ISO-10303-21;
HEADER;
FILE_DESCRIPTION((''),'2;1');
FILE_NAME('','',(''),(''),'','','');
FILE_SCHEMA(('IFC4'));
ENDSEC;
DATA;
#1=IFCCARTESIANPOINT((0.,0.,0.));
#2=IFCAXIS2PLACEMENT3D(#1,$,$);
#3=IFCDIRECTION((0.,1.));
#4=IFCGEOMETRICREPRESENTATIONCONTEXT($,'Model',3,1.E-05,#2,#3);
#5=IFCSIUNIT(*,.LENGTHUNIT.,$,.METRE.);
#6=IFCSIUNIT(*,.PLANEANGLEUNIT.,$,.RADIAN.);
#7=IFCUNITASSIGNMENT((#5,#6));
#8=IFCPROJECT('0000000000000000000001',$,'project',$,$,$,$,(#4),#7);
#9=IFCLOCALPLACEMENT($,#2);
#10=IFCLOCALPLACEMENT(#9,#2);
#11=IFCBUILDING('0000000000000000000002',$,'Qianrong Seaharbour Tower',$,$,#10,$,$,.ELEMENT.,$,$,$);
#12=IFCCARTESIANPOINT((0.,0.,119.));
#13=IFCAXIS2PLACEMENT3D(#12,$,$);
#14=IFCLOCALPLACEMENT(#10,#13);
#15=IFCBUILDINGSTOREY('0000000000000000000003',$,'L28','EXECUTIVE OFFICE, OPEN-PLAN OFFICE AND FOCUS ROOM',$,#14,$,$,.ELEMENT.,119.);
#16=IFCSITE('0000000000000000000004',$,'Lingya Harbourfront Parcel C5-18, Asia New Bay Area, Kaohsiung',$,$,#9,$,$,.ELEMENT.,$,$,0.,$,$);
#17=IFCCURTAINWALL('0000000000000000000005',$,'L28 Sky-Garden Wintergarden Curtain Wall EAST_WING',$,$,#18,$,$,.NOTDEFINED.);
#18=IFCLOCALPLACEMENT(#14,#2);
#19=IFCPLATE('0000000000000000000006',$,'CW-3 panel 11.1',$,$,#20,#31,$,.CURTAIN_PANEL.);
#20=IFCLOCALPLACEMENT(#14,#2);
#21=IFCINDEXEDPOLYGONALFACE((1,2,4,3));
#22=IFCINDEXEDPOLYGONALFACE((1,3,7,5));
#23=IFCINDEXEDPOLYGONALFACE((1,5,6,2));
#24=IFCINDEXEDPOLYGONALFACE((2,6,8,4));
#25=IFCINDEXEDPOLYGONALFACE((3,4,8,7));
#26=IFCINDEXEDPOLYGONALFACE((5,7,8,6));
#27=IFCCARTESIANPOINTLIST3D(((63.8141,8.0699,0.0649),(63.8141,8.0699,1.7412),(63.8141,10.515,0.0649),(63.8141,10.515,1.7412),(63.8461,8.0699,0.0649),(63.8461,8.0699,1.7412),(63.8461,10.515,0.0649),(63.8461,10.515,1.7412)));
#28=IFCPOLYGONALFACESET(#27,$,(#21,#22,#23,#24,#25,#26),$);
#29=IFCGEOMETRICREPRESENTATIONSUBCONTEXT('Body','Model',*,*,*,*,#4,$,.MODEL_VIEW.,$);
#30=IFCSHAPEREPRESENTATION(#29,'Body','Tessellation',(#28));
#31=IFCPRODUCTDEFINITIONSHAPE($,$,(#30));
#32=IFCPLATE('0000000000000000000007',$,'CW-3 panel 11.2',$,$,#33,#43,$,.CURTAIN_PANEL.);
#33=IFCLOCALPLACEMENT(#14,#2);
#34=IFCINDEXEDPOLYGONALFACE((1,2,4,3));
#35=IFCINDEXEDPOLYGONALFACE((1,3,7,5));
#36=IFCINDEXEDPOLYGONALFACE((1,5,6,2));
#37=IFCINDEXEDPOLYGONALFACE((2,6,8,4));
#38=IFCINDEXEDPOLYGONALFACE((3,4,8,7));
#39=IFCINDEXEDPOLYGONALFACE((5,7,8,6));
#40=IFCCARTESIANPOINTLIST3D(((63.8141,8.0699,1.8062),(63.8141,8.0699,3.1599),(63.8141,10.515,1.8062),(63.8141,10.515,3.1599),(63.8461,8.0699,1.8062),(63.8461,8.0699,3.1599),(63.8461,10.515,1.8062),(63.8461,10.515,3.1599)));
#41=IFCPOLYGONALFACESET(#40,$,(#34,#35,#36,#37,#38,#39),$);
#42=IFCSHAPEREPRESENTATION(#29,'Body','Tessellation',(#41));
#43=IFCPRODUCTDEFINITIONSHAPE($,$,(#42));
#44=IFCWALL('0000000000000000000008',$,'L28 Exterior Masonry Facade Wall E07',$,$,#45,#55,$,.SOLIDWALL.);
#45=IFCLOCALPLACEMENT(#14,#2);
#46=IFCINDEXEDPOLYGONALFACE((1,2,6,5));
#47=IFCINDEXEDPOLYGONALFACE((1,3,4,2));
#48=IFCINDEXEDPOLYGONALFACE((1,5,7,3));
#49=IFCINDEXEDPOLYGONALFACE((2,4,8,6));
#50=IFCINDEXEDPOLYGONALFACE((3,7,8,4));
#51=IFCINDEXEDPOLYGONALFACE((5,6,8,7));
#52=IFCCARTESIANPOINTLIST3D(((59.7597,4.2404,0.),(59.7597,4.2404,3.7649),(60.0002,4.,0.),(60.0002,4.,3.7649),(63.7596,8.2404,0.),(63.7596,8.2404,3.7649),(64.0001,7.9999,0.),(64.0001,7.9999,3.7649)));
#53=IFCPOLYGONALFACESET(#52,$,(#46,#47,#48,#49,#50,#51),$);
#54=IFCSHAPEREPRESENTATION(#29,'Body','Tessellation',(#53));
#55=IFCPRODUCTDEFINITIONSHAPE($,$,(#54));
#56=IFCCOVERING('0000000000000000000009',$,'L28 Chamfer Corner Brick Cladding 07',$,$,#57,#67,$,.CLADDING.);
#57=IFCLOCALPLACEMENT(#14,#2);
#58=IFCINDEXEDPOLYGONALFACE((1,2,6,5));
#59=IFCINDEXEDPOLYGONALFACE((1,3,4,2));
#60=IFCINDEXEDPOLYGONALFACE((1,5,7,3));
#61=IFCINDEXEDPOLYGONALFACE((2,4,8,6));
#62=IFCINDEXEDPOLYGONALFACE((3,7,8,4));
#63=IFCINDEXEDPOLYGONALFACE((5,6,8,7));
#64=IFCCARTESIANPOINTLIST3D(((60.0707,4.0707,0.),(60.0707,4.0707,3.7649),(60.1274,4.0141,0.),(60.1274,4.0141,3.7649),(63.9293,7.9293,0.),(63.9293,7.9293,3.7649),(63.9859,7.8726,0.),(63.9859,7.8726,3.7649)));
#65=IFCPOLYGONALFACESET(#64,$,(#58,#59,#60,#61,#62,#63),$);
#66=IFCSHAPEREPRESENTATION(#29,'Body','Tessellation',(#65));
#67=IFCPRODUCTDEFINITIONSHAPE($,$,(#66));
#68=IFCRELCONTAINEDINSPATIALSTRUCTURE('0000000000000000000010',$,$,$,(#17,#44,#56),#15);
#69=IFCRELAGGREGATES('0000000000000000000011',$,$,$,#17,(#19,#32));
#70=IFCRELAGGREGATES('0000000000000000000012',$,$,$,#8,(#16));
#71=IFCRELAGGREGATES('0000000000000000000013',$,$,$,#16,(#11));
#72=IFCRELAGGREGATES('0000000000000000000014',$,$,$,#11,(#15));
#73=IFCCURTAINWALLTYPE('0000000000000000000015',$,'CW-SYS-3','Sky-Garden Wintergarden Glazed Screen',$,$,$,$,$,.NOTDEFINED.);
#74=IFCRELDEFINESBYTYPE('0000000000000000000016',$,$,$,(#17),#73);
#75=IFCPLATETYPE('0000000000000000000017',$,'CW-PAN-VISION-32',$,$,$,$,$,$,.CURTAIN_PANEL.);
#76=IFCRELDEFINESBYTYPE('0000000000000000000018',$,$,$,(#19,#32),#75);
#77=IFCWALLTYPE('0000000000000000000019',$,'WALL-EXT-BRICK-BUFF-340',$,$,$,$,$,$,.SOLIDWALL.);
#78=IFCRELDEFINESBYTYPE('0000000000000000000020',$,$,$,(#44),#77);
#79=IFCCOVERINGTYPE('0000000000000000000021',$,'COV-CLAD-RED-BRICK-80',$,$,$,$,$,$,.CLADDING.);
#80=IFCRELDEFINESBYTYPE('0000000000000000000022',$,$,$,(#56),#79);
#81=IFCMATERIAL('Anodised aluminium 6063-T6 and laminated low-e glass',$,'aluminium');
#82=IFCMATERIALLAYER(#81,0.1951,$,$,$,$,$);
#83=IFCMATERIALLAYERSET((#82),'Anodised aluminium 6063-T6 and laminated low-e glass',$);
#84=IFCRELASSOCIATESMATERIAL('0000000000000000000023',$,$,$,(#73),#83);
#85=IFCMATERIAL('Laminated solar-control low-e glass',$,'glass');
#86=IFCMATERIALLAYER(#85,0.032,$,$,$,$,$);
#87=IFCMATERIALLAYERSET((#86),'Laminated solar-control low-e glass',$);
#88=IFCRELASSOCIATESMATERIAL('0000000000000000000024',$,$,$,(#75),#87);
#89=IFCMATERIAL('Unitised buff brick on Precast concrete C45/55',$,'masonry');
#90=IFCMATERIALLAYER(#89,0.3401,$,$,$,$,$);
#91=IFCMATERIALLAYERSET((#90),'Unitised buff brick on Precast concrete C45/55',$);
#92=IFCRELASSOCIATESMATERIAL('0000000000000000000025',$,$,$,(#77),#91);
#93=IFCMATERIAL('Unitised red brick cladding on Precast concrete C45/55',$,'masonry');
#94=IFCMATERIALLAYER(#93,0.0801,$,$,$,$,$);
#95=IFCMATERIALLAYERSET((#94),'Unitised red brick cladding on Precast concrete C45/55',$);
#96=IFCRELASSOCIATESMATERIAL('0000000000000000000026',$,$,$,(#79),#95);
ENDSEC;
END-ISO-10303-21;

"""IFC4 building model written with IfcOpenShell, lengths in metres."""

from ifc_helpers import new_model, si_unit, direction, frame, frame_2d, origin, origin_2d, place, context, subcontext, project, spatial, rectangle, extrude, material, layer, layer_set, type_object, element, aggregate, save


model = new_model("IFC4")

# Units and contexts
model_context = context("Model", 3, precision=1e-05, world=origin(), true_north=direction((0.0, 1.0)))
body_context = subcontext(model_context, "Body", "Model", "MODEL_VIEW")
ifc_project = project(units=[si_unit("LENGTHUNIT", "METRE"), si_unit("PLANEANGLEUNIT", "RADIAN")], contexts=[model_context])

# Site, building, storey
site_placement = place(None, origin())
site = spatial("IfcSite", under=ifc_project, at=site_placement, Name="Lingya Harbourfront Parcel C5-18, Asia New Bay Area, Kaohsiung", CompositionType="ELEMENT", RefElevation=0.0)
building_placement = place(site_placement, origin())
building = spatial("IfcBuilding", under=site, at=building_placement, Name="Qianrong Seaharbour Tower", CompositionType="ELEMENT")
storey_placement = place(building_placement, frame((0.0, 0.0, 119.0)))
storey = spatial("IfcBuildingStorey", under=building, at=storey_placement, Name="L28", Description="EXECUTIVE OFFICE, OPEN-PLAN OFFICE AND FOCUS ROOM", CompositionType="ELEMENT", Elevation=119.0)

# Curtain wall, plates
ifc_material_1 = material(Name="Anodised aluminium 6063-T6 and laminated low-e glass", Category="aluminium")
ifc_layer_1 = layer(ifc_material_1, 0.1951)
ifc_layer_set_1 = layer_set([ifc_layer_1], Name="Anodised aluminium 6063-T6 and laminated low-e glass")
curtain_wall_type = type_object("IfcCurtainWallType", Name="CW-SYS-3", Description="Sky-Garden Wintergarden Glazed Screen", PredefinedType="NOTDEFINED", material=ifc_layer_set_1)
curtain_wall_placement = place(storey_placement, origin())
curtain_wall = element("IfcCurtainWall", 1, at=curtain_wall_placement, inside=storey, type_object=curtain_wall_type, Name="L28 Sky-Garden Wintergarden Curtain Wall EAST_WING", PredefinedType="NOTDEFINED")
ifc_material_2 = material(Name="Laminated solar-control low-e glass", Category="glass")
ifc_layer_2 = layer(ifc_material_2, 0.032)
ifc_layer_set_2 = layer_set([ifc_layer_2], Name="Laminated solar-control low-e glass")
plate_type = type_object("IfcPlateType", Name="CW-PAN-VISION-32", PredefinedType="CURTAIN_PANEL", material=ifc_layer_set_2)
plate_1_placement = place(storey_placement, frame((63.8301, 9.2925, 0.0649), z_axis=(0.0, 0.0, 1.0), x_axis=(0.0, -1.0, 0.0)))
plate_1 = element("IfcPlate", 2, at=plate_1_placement, type_object=plate_type, Name="CW-3 panel 11.1", PredefinedType="CURTAIN_PANEL", context=body_context, shape_type="SweptSolid", body=[
    extrude(rectangle(XDim=2.4451, YDim=0.032, at=origin_2d()), origin(), (0.0, 0.0, 1.0), 1.6763),
])
plate_2_placement = place(storey_placement, frame((63.8301, 9.2925, 1.8062), z_axis=(0.0, 0.0, 1.0), x_axis=(0.0, -1.0, 0.0)))
plate_2 = element("IfcPlate", 3, at=plate_2_placement, type_object=plate_type, Name="CW-3 panel 11.2", PredefinedType="CURTAIN_PANEL", context=body_context, shape_type="SweptSolid", body=[
    extrude(rectangle(XDim=2.4451, YDim=0.032, at=origin_2d()), origin(), (0.0, 0.0, 1.0), 1.3538),
])
aggregate(curtain_wall, [plate_1, plate_2])

# Wall
ifc_material_3 = material(Name="Unitised buff brick on Precast concrete C45/55", Category="masonry")
ifc_layer_3 = layer(ifc_material_3, 0.3401)
ifc_layer_set_3 = layer_set([ifc_layer_3], Name="Unitised buff brick on Precast concrete C45/55")
wall_type = type_object("IfcWallType", Name="WALL-EXT-BRICK-BUFF-340", PredefinedType="SOLIDWALL", material=ifc_layer_set_3)
wall_placement = place(storey_placement, frame((63.8799, 8.1201, 0.0), z_axis=(0.0, 0.0, 1.0), x_axis=(-0.707107, -0.707107, 0.0)))
element("IfcWall", 4, at=wall_placement, inside=storey, type_object=wall_type, Name="L28 Exterior Masonry Facade Wall E07", PredefinedType="SOLIDWALL", context=body_context, shape_type="SweptSolid", body=[
    extrude(rectangle(XDim=5.6567, YDim=0.3401, at=frame_2d((2.8284, 0.0))), origin(), (0.0, 0.0, 1.0), 3.7649),
])

# Covering
ifc_material_4 = material(Name="Unitised red brick cladding on Precast concrete C45/55", Category="masonry")
ifc_layer_4 = layer(ifc_material_4, 0.0801)
ifc_layer_set_4 = layer_set([ifc_layer_4], Name="Unitised red brick cladding on Precast concrete C45/55")
covering_type = type_object("IfcCoveringType", Name="COV-CLAD-RED-BRICK-80", PredefinedType="CLADDING", material=ifc_layer_set_4)
covering_placement = place(storey_placement, frame((62.0283, 5.9717, 0.0), z_axis=(0.0, 0.0, 1.0), x_axis=(-0.707107, -0.707107, 0.0)))
element("IfcCovering", 5, at=covering_placement, inside=storey, type_object=covering_type, Name="L28 Chamfer Corner Brick Cladding 07", PredefinedType="CLADDING", context=body_context, shape_type="SweptSolid", body=[
    extrude(rectangle(XDim=5.4568, YDim=0.0801, at=origin_2d()), origin(), (0.0, 0.0, 1.0), 3.7649),
])

save(model, "model.ifc")
